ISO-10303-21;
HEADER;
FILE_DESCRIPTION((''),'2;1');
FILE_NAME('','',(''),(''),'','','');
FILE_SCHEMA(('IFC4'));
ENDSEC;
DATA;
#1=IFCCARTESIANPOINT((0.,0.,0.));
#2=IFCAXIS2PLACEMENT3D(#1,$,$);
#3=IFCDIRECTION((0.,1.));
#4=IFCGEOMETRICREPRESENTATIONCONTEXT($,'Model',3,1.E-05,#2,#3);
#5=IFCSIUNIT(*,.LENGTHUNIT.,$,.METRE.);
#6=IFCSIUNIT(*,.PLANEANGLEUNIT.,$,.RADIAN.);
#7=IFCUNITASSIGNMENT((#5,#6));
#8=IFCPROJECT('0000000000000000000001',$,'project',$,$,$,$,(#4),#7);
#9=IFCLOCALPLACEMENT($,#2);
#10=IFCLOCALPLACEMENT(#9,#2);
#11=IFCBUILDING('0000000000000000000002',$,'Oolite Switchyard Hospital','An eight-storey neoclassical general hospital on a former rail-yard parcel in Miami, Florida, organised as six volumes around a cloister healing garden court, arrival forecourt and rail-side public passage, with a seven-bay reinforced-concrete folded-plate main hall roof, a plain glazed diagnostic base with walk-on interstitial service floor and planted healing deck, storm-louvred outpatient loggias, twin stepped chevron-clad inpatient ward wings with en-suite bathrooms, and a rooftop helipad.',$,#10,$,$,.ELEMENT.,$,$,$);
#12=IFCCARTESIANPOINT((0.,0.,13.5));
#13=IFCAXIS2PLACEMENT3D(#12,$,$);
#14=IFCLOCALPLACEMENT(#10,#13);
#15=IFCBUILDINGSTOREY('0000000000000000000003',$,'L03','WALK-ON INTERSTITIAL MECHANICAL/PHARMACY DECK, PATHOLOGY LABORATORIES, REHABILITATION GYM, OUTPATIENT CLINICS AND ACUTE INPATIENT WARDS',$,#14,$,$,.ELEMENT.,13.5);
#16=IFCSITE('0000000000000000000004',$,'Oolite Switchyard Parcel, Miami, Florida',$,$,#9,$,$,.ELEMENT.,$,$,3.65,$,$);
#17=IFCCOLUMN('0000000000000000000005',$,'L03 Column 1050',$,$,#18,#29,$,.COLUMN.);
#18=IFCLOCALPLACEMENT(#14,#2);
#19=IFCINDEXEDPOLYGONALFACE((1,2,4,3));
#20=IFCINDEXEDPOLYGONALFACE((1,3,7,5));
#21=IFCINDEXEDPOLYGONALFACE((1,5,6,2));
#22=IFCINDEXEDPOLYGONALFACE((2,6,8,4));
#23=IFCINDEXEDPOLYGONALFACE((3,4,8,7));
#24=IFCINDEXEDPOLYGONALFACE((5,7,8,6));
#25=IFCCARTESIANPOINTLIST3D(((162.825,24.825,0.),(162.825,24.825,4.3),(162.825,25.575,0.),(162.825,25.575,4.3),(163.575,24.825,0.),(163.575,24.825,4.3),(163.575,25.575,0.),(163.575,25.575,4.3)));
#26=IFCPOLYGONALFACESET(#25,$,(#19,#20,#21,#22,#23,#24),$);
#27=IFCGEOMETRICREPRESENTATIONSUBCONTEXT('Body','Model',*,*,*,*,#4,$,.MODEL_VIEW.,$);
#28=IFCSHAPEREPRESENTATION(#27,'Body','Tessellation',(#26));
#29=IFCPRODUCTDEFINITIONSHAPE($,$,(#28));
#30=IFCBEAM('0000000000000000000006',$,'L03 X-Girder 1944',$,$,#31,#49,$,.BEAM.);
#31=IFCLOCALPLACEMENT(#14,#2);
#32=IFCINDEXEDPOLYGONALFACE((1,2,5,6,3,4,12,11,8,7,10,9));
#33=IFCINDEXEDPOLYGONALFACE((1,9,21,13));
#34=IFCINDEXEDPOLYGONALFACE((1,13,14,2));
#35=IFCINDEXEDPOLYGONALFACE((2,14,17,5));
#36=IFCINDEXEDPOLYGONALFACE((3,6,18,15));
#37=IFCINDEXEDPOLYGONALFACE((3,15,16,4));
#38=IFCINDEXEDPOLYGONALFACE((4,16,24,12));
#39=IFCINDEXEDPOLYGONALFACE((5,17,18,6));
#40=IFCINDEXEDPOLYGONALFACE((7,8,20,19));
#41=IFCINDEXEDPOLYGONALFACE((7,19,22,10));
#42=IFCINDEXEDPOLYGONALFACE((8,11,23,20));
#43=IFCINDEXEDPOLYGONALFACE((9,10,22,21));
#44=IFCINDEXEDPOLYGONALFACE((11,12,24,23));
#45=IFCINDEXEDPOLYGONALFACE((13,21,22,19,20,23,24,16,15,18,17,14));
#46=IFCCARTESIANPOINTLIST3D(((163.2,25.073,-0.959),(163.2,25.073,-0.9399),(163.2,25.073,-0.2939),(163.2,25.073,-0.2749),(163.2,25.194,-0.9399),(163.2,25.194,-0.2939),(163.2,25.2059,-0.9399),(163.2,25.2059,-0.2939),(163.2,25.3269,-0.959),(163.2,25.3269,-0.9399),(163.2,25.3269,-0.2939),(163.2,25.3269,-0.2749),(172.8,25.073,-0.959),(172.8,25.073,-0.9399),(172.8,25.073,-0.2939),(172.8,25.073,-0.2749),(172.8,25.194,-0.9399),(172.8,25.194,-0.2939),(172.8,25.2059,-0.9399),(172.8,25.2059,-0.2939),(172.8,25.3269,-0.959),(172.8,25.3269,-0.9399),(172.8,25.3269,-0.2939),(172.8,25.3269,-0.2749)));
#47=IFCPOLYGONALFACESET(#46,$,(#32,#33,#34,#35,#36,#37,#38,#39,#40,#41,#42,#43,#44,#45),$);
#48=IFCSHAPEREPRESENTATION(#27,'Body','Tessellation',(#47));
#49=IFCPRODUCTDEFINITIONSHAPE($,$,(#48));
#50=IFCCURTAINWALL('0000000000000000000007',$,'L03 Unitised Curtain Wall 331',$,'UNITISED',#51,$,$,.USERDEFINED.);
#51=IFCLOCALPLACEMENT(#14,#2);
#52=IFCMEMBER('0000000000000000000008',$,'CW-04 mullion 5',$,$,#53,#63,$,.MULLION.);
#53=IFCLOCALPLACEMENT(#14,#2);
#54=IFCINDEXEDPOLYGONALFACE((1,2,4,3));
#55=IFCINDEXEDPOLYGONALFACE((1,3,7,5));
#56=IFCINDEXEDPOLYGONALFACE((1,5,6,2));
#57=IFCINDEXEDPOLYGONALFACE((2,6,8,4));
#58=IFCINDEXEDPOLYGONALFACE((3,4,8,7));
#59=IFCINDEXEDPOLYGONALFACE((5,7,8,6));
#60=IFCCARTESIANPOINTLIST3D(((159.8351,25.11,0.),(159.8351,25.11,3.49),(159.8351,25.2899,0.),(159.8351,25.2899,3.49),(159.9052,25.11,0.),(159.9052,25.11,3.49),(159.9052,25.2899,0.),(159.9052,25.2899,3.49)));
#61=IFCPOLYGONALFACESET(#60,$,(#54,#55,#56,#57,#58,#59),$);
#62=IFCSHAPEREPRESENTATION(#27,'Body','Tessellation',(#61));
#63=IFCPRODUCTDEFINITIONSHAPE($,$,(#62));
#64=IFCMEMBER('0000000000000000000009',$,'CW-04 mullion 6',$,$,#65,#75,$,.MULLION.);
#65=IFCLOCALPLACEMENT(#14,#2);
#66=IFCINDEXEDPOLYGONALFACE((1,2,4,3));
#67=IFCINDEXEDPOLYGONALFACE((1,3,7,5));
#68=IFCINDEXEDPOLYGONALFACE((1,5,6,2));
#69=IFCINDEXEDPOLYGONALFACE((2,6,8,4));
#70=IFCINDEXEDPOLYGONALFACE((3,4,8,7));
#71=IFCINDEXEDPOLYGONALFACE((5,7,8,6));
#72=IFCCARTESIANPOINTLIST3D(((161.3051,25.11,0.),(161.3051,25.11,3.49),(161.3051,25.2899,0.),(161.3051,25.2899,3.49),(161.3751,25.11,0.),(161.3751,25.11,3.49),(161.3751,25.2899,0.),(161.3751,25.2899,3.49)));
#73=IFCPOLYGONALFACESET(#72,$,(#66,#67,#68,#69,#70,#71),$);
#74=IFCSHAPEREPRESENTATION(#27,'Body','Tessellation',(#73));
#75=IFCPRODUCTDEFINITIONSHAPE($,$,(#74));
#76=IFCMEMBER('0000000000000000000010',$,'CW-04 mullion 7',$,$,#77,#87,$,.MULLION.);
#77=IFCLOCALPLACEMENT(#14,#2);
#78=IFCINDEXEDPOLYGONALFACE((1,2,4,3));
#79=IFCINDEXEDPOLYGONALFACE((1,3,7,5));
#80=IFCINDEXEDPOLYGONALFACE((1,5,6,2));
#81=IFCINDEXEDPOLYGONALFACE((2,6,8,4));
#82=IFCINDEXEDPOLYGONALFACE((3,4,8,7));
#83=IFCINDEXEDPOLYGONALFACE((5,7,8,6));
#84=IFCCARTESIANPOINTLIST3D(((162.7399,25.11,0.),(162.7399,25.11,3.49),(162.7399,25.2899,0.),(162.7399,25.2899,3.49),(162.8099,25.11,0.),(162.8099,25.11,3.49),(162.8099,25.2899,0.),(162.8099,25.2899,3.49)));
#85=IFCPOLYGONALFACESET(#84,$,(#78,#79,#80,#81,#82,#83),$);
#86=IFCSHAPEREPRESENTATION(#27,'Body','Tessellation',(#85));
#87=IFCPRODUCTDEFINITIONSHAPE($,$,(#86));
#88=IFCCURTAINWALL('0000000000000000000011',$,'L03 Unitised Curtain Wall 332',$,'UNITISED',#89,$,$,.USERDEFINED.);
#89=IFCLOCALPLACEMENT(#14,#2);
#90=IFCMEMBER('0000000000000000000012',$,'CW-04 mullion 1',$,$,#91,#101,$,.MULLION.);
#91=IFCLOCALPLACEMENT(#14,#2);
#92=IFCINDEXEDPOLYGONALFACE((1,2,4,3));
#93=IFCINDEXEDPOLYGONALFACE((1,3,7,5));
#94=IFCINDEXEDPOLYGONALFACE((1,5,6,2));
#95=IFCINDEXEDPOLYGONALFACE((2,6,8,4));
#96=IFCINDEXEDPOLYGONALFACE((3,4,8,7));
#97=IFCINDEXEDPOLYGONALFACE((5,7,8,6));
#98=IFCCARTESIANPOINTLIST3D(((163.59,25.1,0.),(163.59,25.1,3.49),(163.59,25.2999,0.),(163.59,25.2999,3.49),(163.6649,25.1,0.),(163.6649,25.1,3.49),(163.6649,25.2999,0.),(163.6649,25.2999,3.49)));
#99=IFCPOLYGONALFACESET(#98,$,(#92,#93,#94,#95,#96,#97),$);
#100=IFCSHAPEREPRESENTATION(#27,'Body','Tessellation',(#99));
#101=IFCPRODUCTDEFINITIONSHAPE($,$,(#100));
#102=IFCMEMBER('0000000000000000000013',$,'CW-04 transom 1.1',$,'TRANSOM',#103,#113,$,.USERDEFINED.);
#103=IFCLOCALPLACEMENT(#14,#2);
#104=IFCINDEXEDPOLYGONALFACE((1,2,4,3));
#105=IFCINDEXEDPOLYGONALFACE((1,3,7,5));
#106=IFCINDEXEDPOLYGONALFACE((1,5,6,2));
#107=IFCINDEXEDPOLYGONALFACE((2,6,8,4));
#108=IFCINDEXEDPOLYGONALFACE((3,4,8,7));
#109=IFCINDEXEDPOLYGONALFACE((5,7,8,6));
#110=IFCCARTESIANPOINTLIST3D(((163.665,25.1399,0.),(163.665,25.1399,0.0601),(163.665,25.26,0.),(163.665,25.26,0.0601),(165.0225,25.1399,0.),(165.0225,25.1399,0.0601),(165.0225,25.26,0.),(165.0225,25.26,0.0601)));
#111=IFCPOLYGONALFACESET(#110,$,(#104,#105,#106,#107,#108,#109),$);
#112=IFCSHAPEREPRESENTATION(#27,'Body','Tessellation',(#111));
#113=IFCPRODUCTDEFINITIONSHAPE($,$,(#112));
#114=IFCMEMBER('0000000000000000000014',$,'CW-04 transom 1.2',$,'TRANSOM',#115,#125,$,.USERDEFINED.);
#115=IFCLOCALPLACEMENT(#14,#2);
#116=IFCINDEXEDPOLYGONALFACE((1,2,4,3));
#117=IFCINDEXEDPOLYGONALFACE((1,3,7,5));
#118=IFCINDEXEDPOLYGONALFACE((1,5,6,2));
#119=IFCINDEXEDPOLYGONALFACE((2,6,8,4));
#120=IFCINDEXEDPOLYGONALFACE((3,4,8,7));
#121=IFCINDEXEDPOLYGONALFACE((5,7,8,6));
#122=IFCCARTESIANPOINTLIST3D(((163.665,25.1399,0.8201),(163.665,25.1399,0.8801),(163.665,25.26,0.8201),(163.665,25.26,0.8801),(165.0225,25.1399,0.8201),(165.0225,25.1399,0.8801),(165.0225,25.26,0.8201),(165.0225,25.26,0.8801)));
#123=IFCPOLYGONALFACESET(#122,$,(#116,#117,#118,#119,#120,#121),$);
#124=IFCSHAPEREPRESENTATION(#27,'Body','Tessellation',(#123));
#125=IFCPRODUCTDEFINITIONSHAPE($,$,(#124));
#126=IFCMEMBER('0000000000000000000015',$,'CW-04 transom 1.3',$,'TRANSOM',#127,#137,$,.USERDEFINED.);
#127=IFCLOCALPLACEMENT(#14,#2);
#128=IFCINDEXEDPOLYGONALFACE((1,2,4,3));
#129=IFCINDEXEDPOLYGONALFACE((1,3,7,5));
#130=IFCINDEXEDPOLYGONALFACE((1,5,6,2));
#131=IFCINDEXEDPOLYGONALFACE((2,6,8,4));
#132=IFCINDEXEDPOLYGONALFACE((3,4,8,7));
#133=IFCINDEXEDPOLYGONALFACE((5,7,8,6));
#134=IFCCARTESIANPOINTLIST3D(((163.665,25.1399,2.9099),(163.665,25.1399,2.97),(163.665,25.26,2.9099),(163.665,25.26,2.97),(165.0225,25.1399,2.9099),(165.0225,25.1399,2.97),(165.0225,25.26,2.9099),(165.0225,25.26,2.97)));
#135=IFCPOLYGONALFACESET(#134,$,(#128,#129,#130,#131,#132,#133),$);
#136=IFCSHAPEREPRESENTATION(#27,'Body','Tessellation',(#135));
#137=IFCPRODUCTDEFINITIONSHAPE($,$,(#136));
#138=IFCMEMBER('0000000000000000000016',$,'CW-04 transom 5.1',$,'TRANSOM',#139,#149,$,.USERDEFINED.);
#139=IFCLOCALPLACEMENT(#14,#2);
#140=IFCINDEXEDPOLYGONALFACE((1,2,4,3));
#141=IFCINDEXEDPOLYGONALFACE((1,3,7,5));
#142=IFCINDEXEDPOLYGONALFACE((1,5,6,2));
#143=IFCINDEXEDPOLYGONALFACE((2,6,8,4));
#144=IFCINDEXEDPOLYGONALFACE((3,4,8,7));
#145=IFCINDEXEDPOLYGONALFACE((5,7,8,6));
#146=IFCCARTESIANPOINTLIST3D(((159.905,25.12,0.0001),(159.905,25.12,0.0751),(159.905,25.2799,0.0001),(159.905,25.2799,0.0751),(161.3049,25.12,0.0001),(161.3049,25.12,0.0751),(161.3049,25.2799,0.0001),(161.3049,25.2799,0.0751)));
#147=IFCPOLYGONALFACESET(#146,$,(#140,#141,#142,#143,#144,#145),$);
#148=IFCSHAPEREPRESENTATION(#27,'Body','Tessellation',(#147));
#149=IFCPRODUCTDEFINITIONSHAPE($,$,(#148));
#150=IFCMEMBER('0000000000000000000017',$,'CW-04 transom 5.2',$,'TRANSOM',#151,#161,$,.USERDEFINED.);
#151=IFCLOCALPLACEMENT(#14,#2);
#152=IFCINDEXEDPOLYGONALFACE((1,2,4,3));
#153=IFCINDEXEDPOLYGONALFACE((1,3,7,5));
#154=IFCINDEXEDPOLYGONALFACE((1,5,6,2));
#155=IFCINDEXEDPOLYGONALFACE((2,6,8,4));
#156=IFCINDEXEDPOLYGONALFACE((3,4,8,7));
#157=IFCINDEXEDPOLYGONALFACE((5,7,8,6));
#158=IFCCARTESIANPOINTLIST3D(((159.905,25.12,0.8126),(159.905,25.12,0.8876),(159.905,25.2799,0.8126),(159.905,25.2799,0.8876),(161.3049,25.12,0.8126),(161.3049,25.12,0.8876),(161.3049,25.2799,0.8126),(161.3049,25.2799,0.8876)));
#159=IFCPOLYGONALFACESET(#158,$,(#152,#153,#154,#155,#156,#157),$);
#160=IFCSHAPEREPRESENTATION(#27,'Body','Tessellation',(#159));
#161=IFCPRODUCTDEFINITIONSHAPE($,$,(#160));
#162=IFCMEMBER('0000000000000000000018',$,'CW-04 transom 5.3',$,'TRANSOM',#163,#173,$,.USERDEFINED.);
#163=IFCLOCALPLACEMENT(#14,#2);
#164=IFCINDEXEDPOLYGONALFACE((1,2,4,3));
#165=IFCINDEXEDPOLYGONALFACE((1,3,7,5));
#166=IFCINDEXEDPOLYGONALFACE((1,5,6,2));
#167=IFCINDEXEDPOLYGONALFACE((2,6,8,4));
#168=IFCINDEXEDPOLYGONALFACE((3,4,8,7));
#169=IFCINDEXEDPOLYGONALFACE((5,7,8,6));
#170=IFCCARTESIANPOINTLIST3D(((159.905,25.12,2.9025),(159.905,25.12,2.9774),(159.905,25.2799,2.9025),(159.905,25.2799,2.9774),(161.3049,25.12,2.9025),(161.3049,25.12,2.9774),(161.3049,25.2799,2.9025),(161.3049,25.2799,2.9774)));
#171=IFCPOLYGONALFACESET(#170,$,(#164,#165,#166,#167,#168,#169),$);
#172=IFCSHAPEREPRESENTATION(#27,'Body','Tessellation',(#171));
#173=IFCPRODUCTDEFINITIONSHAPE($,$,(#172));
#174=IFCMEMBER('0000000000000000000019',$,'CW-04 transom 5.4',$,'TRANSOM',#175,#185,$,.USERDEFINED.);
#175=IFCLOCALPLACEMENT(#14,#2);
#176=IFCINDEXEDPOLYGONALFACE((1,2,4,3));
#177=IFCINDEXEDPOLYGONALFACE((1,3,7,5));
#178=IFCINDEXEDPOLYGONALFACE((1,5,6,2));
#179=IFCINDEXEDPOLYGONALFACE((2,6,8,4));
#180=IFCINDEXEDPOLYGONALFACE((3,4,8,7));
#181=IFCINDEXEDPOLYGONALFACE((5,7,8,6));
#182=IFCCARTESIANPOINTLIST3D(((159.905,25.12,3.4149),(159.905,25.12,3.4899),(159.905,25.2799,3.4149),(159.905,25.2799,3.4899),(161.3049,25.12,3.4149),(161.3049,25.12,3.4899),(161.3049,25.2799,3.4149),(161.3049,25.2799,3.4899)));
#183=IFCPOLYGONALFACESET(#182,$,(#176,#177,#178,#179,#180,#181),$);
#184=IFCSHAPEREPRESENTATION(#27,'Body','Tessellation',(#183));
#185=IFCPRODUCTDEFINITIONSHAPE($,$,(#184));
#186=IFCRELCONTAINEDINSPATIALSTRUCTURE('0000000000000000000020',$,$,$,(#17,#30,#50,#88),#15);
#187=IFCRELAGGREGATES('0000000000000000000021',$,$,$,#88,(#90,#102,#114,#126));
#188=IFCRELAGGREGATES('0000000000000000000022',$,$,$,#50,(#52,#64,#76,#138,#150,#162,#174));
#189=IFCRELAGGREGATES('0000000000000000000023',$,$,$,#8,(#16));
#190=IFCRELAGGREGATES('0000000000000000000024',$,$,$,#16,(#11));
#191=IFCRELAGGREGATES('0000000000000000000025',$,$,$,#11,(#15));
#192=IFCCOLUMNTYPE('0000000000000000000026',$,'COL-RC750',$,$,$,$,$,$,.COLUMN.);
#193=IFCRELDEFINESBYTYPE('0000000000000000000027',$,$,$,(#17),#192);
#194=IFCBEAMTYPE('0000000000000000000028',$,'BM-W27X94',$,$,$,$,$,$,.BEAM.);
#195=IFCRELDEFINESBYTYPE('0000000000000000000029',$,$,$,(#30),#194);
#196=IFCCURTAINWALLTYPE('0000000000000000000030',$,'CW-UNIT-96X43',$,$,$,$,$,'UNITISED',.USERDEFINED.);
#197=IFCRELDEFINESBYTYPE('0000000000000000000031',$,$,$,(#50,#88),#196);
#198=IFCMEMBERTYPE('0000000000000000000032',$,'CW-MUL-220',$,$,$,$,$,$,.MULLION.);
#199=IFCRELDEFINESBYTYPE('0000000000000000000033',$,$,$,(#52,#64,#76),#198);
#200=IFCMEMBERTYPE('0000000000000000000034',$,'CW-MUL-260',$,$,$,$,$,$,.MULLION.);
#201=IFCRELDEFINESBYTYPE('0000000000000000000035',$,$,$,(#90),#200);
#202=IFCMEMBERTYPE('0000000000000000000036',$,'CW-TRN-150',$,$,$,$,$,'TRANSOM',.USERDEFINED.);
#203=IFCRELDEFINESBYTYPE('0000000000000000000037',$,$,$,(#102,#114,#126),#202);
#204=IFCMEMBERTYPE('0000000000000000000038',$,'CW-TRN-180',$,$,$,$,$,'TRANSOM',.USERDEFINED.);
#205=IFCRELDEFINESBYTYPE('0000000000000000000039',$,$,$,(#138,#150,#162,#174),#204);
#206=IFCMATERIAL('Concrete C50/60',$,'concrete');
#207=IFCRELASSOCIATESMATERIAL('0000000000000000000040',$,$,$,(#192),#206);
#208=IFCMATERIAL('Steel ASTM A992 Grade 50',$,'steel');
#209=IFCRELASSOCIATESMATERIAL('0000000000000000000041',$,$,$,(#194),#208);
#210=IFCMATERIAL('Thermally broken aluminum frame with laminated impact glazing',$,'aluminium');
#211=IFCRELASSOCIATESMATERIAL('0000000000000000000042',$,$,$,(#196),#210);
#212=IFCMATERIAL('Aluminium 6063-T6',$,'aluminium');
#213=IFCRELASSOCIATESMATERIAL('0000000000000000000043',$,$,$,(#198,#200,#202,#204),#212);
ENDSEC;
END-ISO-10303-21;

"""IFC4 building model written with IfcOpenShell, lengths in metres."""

from ifc_helpers import new_model, si_unit, direction, frame, origin, origin_2d, place, context, subcontext, project, spatial, rectangle, i_section, extrude, material, material_profile, profile_set, type_object, element, aggregate, save


model = new_model("IFC4")

# Units and contexts
model_context = context("Model", 3, precision=1e-05, world=origin(), true_north=direction((0.0, 1.0)))
body_context = subcontext(model_context, "Body", "Model", "MODEL_VIEW")
ifc_project = project(units=[si_unit("LENGTHUNIT", "METRE"), si_unit("PLANEANGLEUNIT", "RADIAN")], contexts=[model_context])

# Site, building, storey
site_placement = place(None, origin())
site = spatial("IfcSite", under=ifc_project, at=site_placement, Name="Oolite Switchyard Parcel, Miami, Florida", CompositionType="ELEMENT", RefElevation=3.65)
building_placement = place(site_placement, origin())
building = spatial("IfcBuilding", under=site, at=building_placement, Name="Oolite Switchyard Hospital", Description="An eight-storey neoclassical general hospital on a former rail-yard parcel in Miami, Florida, organised as six volumes around a cloister healing garden court, arrival forecourt and rail-side public passage, with a seven-bay reinforced-concrete folded-plate main hall roof, a plain glazed diagnostic base with walk-on interstitial service floor and planted healing deck, storm-louvred outpatient loggias, twin stepped chevron-clad inpatient ward wings with en-suite bathrooms, and a rooftop helipad.", CompositionType="ELEMENT")
storey_placement = place(building_placement, frame((0.0, 0.0, 13.5)))
storey = spatial("IfcBuildingStorey", under=building, at=storey_placement, Name="L03", Description="WALK-ON INTERSTITIAL MECHANICAL/PHARMACY DECK, PATHOLOGY LABORATORIES, REHABILITATION GYM, OUTPATIENT CLINICS AND ACUTE INPATIENT WARDS", CompositionType="ELEMENT", Elevation=13.5)

# Column
ifc_material_1 = material(Name="Concrete C50/60", Category="concrete")
ifc_material_profile_1 = material_profile(ifc_material_1, rectangle(XDim=0.75, YDim=0.75, at=origin_2d()), Name="RC750X750")
ifc_profile_set_1 = profile_set([ifc_material_profile_1], Name="Concrete C50/60")
column_type = type_object("IfcColumnType", Name="COL-RC750", PredefinedType="COLUMN", material=ifc_profile_set_1)
column_placement = place(storey_placement, frame((163.2, 25.2, 0.0), z_axis=(0.0, 0.0, 1.0), x_axis=(1.0, 0.0, 0.0)))
element("IfcColumn", 1, at=column_placement, inside=storey, type_object=column_type, Name="L03 Column 1050", PredefinedType="COLUMN", context=body_context, shape_type="SweptSolid", body=[
    extrude(rectangle(XDim=0.75, YDim=0.75, at=origin_2d()), origin(), (0.0, 0.0, 1.0), 4.3),
])

# Beam
ifc_material_2 = material(Name="Steel ASTM A992 Grade 50", Category="steel")
ifc_material_profile_2 = material_profile(ifc_material_2, i_section(OverallWidth=0.2539, OverallDepth=0.6841, WebThickness=0.012, FlangeThickness=0.019, at=origin_2d()), Name="W27X94")
ifc_profile_set_2 = profile_set([ifc_material_profile_2], Name="Steel ASTM A992 Grade 50")
beam_type = type_object("IfcBeamType", Name="BM-W27X94", PredefinedType="BEAM", material=ifc_profile_set_2)
beam_placement = place(storey_placement, frame((163.2, 25.2, -0.6169), z_axis=(1.0, 0.0, 0.0), x_axis=(0.0, 1.0, 0.0)))
element("IfcBeam", 2, at=beam_placement, inside=storey, type_object=beam_type, Name="L03 X-Girder 1944", PredefinedType="BEAM", context=body_context, shape_type="SweptSolid", body=[
    extrude(i_section(OverallWidth=0.2539, OverallDepth=0.6841, WebThickness=0.012, FlangeThickness=0.019, at=origin_2d()), origin(), (0.0, 0.0, 1.0), 9.6001),
])

# Curtain walls, members
ifc_material_3 = material(Name="Thermally broken aluminum frame with laminated impact glazing", Category="aluminium")
curtain_wall_type_1 = type_object("IfcCurtainWallType", Name="CW-UNIT-96X43", ElementType="UNITISED", PredefinedType="USERDEFINED", material=ifc_material_3)
curtain_wall_1_placement = place(storey_placement, origin())
curtain_wall_1 = element("IfcCurtainWall", 3, at=curtain_wall_1_placement, inside=storey, type_object=curtain_wall_type_1, Name="L03 Unitised Curtain Wall 331", ObjectType="UNITISED", PredefinedType="USERDEFINED")
ifc_material_4 = material(Name="Aluminium 6063-T6", Category="aluminium")
ifc_material_profile_3 = material_profile(ifc_material_4, rectangle(XDim=0.1799, YDim=0.0701, at=origin_2d()), Name="CWM70X180")
ifc_profile_set_3 = profile_set([ifc_material_profile_3], Name="Aluminium 6063-T6")
member_type_1 = type_object("IfcMemberType", Name="CW-MUL-220", PredefinedType="MULLION", material=ifc_profile_set_3)
member_1_placement = place(storey_placement, frame((159.8701, 25.2, 0.0), z_axis=(0.0, 0.0, 1.0), x_axis=(0.0, 1.0, 0.0)))
member_1 = element("IfcMember", 4, at=member_1_placement, type_object=member_type_1, Name="CW-04 mullion 5", PredefinedType="MULLION", context=body_context, shape_type="SweptSolid", body=[
    extrude(rectangle(XDim=0.1799, YDim=0.0701, at=origin_2d()), origin(), (0.0, 0.0, 1.0), 3.49),
])
member_2_placement = place(storey_placement, frame((161.3401, 25.2, 0.0), z_axis=(0.0, 0.0, 1.0), x_axis=(0.0, 1.0, 0.0)))
member_2 = element("IfcMember", 5, at=member_2_placement, type_object=member_type_1, Name="CW-04 mullion 6", PredefinedType="MULLION", context=body_context, shape_type="SweptSolid", body=[
    extrude(rectangle(XDim=0.1799, YDim=0.0701, at=origin_2d()), origin(), (0.0, 0.0, 1.0), 3.49),
])
member_3_placement = place(storey_placement, frame((162.7749, 25.2, 0.0), z_axis=(0.0, 0.0, 1.0), x_axis=(0.0, 1.0, 0.0)))
member_3 = element("IfcMember", 6, at=member_3_placement, type_object=member_type_1, Name="CW-04 mullion 7", PredefinedType="MULLION", context=body_context, shape_type="SweptSolid", body=[
    extrude(rectangle(XDim=0.1799, YDim=0.0701, at=origin_2d()), origin(), (0.0, 0.0, 1.0), 3.49),
])
curtain_wall_2_placement = place(storey_placement, origin())
curtain_wall_2 = element("IfcCurtainWall", 7, at=curtain_wall_2_placement, inside=storey, type_object=curtain_wall_type_1, Name="L03 Unitised Curtain Wall 332", ObjectType="UNITISED", PredefinedType="USERDEFINED")
ifc_material_profile_4 = material_profile(ifc_material_4, rectangle(XDim=0.2, YDim=0.075, at=origin_2d()), Name="CWM75X200")
ifc_profile_set_4 = profile_set([ifc_material_profile_4], Name="Aluminium 6063-T6")
member_type_2 = type_object("IfcMemberType", Name="CW-MUL-260", PredefinedType="MULLION", material=ifc_profile_set_4)
member_4_placement = place(storey_placement, frame((163.6274, 25.2, 0.0), z_axis=(0.0, 0.0, 1.0), x_axis=(0.0, 1.0, 0.0)))
member_4 = element("IfcMember", 8, at=member_4_placement, type_object=member_type_2, Name="CW-04 mullion 1", PredefinedType="MULLION", context=body_context, shape_type="SweptSolid", body=[
    extrude(rectangle(XDim=0.2, YDim=0.075, at=origin_2d()), origin(), (0.0, 0.0, 1.0), 3.49),
])
ifc_material_profile_5 = material_profile(ifc_material_4, rectangle(XDim=0.1201, YDim=0.0601, at=origin_2d()), Name="CWT60X120")
ifc_profile_set_5 = profile_set([ifc_material_profile_5], Name="Aluminium 6063-T6")
member_type_3 = type_object("IfcMemberType", Name="CW-TRN-150", ElementType="TRANSOM", PredefinedType="USERDEFINED", material=ifc_profile_set_5)
member_5_placement = place(storey_placement, frame((163.665, 25.2, 0.03), z_axis=(1.0, 0.0, 0.0), x_axis=(0.0, 1.0, 0.0)))
member_5 = element("IfcMember", 9, at=member_5_placement, type_object=member_type_3, Name="CW-04 transom 1.1", ObjectType="TRANSOM", PredefinedType="USERDEFINED", context=body_context, shape_type="SweptSolid", body=[
    extrude(rectangle(XDim=0.1201, YDim=0.0601, at=origin_2d()), origin(), (0.0, 0.0, 1.0), 1.3574),
])
member_6_placement = place(storey_placement, frame((163.665, 25.2, 0.8501), z_axis=(1.0, 0.0, 0.0), x_axis=(0.0, 1.0, 0.0)))
member_6 = element("IfcMember", 10, at=member_6_placement, type_object=member_type_3, Name="CW-04 transom 1.2", ObjectType="TRANSOM", PredefinedType="USERDEFINED", context=body_context, shape_type="SweptSolid", body=[
    extrude(rectangle(XDim=0.1201, YDim=0.0601, at=origin_2d()), origin(), (0.0, 0.0, 1.0), 1.3574),
])
member_7_placement = place(storey_placement, frame((163.665, 25.2, 2.9399), z_axis=(1.0, 0.0, 0.0), x_axis=(0.0, 1.0, 0.0)))
member_7 = element("IfcMember", 11, at=member_7_placement, type_object=member_type_3, Name="CW-04 transom 1.3", ObjectType="TRANSOM", PredefinedType="USERDEFINED", context=body_context, shape_type="SweptSolid", body=[
    extrude(rectangle(XDim=0.1201, YDim=0.0601, at=origin_2d()), origin(), (0.0, 0.0, 1.0), 1.3574),
])
aggregate(curtain_wall_2, [member_4, member_5, member_6, member_7])

# Members
ifc_material_profile_6 = material_profile(ifc_material_4, rectangle(XDim=0.1599, YDim=0.075, at=origin_2d()), Name="CWT75X160")
ifc_profile_set_6 = profile_set([ifc_material_profile_6], Name="Aluminium 6063-T6")
member_type_4 = type_object("IfcMemberType", Name="CW-TRN-180", ElementType="TRANSOM", PredefinedType="USERDEFINED", material=ifc_profile_set_6)
member_8_placement = place(storey_placement, frame((159.905, 25.2, 0.0376), z_axis=(1.0, 0.0, 0.0), x_axis=(0.0, 1.0, 0.0)))
member_8 = element("IfcMember", 12, at=member_8_placement, type_object=member_type_4, Name="CW-04 transom 5.1", ObjectType="TRANSOM", PredefinedType="USERDEFINED", context=body_context, shape_type="SweptSolid", body=[
    extrude(rectangle(XDim=0.1599, YDim=0.075, at=origin_2d()), origin(), (0.0, 0.0, 1.0), 1.3999),
])
member_9_placement = place(storey_placement, frame((159.905, 25.2, 0.8501), z_axis=(1.0, 0.0, 0.0), x_axis=(0.0, 1.0, 0.0)))
member_9 = element("IfcMember", 13, at=member_9_placement, type_object=member_type_4, Name="CW-04 transom 5.2", ObjectType="TRANSOM", PredefinedType="USERDEFINED", context=body_context, shape_type="SweptSolid", body=[
    extrude(rectangle(XDim=0.1599, YDim=0.075, at=origin_2d()), origin(), (0.0, 0.0, 1.0), 1.3999),
])
member_10_placement = place(storey_placement, frame((159.905, 25.2, 2.9399), z_axis=(1.0, 0.0, 0.0), x_axis=(0.0, 1.0, 0.0)))
member_10 = element("IfcMember", 14, at=member_10_placement, type_object=member_type_4, Name="CW-04 transom 5.3", ObjectType="TRANSOM", PredefinedType="USERDEFINED", context=body_context, shape_type="SweptSolid", body=[
    extrude(rectangle(XDim=0.1599, YDim=0.075, at=origin_2d()), origin(), (0.0, 0.0, 1.0), 1.3999),
])
member_11_placement = place(storey_placement, frame((159.905, 25.2, 3.4524), z_axis=(1.0, 0.0, 0.0), x_axis=(0.0, 1.0, 0.0)))
member_11 = element("IfcMember", 15, at=member_11_placement, type_object=member_type_4, Name="CW-04 transom 5.4", ObjectType="TRANSOM", PredefinedType="USERDEFINED", context=body_context, shape_type="SweptSolid", body=[
    extrude(rectangle(XDim=0.1599, YDim=0.075, at=origin_2d()), origin(), (0.0, 0.0, 1.0), 1.3999),
])

aggregate(curtain_wall_1, [member_1, member_2, member_3, member_8, member_9, member_10, member_11])

save(model, "model.ifc")
